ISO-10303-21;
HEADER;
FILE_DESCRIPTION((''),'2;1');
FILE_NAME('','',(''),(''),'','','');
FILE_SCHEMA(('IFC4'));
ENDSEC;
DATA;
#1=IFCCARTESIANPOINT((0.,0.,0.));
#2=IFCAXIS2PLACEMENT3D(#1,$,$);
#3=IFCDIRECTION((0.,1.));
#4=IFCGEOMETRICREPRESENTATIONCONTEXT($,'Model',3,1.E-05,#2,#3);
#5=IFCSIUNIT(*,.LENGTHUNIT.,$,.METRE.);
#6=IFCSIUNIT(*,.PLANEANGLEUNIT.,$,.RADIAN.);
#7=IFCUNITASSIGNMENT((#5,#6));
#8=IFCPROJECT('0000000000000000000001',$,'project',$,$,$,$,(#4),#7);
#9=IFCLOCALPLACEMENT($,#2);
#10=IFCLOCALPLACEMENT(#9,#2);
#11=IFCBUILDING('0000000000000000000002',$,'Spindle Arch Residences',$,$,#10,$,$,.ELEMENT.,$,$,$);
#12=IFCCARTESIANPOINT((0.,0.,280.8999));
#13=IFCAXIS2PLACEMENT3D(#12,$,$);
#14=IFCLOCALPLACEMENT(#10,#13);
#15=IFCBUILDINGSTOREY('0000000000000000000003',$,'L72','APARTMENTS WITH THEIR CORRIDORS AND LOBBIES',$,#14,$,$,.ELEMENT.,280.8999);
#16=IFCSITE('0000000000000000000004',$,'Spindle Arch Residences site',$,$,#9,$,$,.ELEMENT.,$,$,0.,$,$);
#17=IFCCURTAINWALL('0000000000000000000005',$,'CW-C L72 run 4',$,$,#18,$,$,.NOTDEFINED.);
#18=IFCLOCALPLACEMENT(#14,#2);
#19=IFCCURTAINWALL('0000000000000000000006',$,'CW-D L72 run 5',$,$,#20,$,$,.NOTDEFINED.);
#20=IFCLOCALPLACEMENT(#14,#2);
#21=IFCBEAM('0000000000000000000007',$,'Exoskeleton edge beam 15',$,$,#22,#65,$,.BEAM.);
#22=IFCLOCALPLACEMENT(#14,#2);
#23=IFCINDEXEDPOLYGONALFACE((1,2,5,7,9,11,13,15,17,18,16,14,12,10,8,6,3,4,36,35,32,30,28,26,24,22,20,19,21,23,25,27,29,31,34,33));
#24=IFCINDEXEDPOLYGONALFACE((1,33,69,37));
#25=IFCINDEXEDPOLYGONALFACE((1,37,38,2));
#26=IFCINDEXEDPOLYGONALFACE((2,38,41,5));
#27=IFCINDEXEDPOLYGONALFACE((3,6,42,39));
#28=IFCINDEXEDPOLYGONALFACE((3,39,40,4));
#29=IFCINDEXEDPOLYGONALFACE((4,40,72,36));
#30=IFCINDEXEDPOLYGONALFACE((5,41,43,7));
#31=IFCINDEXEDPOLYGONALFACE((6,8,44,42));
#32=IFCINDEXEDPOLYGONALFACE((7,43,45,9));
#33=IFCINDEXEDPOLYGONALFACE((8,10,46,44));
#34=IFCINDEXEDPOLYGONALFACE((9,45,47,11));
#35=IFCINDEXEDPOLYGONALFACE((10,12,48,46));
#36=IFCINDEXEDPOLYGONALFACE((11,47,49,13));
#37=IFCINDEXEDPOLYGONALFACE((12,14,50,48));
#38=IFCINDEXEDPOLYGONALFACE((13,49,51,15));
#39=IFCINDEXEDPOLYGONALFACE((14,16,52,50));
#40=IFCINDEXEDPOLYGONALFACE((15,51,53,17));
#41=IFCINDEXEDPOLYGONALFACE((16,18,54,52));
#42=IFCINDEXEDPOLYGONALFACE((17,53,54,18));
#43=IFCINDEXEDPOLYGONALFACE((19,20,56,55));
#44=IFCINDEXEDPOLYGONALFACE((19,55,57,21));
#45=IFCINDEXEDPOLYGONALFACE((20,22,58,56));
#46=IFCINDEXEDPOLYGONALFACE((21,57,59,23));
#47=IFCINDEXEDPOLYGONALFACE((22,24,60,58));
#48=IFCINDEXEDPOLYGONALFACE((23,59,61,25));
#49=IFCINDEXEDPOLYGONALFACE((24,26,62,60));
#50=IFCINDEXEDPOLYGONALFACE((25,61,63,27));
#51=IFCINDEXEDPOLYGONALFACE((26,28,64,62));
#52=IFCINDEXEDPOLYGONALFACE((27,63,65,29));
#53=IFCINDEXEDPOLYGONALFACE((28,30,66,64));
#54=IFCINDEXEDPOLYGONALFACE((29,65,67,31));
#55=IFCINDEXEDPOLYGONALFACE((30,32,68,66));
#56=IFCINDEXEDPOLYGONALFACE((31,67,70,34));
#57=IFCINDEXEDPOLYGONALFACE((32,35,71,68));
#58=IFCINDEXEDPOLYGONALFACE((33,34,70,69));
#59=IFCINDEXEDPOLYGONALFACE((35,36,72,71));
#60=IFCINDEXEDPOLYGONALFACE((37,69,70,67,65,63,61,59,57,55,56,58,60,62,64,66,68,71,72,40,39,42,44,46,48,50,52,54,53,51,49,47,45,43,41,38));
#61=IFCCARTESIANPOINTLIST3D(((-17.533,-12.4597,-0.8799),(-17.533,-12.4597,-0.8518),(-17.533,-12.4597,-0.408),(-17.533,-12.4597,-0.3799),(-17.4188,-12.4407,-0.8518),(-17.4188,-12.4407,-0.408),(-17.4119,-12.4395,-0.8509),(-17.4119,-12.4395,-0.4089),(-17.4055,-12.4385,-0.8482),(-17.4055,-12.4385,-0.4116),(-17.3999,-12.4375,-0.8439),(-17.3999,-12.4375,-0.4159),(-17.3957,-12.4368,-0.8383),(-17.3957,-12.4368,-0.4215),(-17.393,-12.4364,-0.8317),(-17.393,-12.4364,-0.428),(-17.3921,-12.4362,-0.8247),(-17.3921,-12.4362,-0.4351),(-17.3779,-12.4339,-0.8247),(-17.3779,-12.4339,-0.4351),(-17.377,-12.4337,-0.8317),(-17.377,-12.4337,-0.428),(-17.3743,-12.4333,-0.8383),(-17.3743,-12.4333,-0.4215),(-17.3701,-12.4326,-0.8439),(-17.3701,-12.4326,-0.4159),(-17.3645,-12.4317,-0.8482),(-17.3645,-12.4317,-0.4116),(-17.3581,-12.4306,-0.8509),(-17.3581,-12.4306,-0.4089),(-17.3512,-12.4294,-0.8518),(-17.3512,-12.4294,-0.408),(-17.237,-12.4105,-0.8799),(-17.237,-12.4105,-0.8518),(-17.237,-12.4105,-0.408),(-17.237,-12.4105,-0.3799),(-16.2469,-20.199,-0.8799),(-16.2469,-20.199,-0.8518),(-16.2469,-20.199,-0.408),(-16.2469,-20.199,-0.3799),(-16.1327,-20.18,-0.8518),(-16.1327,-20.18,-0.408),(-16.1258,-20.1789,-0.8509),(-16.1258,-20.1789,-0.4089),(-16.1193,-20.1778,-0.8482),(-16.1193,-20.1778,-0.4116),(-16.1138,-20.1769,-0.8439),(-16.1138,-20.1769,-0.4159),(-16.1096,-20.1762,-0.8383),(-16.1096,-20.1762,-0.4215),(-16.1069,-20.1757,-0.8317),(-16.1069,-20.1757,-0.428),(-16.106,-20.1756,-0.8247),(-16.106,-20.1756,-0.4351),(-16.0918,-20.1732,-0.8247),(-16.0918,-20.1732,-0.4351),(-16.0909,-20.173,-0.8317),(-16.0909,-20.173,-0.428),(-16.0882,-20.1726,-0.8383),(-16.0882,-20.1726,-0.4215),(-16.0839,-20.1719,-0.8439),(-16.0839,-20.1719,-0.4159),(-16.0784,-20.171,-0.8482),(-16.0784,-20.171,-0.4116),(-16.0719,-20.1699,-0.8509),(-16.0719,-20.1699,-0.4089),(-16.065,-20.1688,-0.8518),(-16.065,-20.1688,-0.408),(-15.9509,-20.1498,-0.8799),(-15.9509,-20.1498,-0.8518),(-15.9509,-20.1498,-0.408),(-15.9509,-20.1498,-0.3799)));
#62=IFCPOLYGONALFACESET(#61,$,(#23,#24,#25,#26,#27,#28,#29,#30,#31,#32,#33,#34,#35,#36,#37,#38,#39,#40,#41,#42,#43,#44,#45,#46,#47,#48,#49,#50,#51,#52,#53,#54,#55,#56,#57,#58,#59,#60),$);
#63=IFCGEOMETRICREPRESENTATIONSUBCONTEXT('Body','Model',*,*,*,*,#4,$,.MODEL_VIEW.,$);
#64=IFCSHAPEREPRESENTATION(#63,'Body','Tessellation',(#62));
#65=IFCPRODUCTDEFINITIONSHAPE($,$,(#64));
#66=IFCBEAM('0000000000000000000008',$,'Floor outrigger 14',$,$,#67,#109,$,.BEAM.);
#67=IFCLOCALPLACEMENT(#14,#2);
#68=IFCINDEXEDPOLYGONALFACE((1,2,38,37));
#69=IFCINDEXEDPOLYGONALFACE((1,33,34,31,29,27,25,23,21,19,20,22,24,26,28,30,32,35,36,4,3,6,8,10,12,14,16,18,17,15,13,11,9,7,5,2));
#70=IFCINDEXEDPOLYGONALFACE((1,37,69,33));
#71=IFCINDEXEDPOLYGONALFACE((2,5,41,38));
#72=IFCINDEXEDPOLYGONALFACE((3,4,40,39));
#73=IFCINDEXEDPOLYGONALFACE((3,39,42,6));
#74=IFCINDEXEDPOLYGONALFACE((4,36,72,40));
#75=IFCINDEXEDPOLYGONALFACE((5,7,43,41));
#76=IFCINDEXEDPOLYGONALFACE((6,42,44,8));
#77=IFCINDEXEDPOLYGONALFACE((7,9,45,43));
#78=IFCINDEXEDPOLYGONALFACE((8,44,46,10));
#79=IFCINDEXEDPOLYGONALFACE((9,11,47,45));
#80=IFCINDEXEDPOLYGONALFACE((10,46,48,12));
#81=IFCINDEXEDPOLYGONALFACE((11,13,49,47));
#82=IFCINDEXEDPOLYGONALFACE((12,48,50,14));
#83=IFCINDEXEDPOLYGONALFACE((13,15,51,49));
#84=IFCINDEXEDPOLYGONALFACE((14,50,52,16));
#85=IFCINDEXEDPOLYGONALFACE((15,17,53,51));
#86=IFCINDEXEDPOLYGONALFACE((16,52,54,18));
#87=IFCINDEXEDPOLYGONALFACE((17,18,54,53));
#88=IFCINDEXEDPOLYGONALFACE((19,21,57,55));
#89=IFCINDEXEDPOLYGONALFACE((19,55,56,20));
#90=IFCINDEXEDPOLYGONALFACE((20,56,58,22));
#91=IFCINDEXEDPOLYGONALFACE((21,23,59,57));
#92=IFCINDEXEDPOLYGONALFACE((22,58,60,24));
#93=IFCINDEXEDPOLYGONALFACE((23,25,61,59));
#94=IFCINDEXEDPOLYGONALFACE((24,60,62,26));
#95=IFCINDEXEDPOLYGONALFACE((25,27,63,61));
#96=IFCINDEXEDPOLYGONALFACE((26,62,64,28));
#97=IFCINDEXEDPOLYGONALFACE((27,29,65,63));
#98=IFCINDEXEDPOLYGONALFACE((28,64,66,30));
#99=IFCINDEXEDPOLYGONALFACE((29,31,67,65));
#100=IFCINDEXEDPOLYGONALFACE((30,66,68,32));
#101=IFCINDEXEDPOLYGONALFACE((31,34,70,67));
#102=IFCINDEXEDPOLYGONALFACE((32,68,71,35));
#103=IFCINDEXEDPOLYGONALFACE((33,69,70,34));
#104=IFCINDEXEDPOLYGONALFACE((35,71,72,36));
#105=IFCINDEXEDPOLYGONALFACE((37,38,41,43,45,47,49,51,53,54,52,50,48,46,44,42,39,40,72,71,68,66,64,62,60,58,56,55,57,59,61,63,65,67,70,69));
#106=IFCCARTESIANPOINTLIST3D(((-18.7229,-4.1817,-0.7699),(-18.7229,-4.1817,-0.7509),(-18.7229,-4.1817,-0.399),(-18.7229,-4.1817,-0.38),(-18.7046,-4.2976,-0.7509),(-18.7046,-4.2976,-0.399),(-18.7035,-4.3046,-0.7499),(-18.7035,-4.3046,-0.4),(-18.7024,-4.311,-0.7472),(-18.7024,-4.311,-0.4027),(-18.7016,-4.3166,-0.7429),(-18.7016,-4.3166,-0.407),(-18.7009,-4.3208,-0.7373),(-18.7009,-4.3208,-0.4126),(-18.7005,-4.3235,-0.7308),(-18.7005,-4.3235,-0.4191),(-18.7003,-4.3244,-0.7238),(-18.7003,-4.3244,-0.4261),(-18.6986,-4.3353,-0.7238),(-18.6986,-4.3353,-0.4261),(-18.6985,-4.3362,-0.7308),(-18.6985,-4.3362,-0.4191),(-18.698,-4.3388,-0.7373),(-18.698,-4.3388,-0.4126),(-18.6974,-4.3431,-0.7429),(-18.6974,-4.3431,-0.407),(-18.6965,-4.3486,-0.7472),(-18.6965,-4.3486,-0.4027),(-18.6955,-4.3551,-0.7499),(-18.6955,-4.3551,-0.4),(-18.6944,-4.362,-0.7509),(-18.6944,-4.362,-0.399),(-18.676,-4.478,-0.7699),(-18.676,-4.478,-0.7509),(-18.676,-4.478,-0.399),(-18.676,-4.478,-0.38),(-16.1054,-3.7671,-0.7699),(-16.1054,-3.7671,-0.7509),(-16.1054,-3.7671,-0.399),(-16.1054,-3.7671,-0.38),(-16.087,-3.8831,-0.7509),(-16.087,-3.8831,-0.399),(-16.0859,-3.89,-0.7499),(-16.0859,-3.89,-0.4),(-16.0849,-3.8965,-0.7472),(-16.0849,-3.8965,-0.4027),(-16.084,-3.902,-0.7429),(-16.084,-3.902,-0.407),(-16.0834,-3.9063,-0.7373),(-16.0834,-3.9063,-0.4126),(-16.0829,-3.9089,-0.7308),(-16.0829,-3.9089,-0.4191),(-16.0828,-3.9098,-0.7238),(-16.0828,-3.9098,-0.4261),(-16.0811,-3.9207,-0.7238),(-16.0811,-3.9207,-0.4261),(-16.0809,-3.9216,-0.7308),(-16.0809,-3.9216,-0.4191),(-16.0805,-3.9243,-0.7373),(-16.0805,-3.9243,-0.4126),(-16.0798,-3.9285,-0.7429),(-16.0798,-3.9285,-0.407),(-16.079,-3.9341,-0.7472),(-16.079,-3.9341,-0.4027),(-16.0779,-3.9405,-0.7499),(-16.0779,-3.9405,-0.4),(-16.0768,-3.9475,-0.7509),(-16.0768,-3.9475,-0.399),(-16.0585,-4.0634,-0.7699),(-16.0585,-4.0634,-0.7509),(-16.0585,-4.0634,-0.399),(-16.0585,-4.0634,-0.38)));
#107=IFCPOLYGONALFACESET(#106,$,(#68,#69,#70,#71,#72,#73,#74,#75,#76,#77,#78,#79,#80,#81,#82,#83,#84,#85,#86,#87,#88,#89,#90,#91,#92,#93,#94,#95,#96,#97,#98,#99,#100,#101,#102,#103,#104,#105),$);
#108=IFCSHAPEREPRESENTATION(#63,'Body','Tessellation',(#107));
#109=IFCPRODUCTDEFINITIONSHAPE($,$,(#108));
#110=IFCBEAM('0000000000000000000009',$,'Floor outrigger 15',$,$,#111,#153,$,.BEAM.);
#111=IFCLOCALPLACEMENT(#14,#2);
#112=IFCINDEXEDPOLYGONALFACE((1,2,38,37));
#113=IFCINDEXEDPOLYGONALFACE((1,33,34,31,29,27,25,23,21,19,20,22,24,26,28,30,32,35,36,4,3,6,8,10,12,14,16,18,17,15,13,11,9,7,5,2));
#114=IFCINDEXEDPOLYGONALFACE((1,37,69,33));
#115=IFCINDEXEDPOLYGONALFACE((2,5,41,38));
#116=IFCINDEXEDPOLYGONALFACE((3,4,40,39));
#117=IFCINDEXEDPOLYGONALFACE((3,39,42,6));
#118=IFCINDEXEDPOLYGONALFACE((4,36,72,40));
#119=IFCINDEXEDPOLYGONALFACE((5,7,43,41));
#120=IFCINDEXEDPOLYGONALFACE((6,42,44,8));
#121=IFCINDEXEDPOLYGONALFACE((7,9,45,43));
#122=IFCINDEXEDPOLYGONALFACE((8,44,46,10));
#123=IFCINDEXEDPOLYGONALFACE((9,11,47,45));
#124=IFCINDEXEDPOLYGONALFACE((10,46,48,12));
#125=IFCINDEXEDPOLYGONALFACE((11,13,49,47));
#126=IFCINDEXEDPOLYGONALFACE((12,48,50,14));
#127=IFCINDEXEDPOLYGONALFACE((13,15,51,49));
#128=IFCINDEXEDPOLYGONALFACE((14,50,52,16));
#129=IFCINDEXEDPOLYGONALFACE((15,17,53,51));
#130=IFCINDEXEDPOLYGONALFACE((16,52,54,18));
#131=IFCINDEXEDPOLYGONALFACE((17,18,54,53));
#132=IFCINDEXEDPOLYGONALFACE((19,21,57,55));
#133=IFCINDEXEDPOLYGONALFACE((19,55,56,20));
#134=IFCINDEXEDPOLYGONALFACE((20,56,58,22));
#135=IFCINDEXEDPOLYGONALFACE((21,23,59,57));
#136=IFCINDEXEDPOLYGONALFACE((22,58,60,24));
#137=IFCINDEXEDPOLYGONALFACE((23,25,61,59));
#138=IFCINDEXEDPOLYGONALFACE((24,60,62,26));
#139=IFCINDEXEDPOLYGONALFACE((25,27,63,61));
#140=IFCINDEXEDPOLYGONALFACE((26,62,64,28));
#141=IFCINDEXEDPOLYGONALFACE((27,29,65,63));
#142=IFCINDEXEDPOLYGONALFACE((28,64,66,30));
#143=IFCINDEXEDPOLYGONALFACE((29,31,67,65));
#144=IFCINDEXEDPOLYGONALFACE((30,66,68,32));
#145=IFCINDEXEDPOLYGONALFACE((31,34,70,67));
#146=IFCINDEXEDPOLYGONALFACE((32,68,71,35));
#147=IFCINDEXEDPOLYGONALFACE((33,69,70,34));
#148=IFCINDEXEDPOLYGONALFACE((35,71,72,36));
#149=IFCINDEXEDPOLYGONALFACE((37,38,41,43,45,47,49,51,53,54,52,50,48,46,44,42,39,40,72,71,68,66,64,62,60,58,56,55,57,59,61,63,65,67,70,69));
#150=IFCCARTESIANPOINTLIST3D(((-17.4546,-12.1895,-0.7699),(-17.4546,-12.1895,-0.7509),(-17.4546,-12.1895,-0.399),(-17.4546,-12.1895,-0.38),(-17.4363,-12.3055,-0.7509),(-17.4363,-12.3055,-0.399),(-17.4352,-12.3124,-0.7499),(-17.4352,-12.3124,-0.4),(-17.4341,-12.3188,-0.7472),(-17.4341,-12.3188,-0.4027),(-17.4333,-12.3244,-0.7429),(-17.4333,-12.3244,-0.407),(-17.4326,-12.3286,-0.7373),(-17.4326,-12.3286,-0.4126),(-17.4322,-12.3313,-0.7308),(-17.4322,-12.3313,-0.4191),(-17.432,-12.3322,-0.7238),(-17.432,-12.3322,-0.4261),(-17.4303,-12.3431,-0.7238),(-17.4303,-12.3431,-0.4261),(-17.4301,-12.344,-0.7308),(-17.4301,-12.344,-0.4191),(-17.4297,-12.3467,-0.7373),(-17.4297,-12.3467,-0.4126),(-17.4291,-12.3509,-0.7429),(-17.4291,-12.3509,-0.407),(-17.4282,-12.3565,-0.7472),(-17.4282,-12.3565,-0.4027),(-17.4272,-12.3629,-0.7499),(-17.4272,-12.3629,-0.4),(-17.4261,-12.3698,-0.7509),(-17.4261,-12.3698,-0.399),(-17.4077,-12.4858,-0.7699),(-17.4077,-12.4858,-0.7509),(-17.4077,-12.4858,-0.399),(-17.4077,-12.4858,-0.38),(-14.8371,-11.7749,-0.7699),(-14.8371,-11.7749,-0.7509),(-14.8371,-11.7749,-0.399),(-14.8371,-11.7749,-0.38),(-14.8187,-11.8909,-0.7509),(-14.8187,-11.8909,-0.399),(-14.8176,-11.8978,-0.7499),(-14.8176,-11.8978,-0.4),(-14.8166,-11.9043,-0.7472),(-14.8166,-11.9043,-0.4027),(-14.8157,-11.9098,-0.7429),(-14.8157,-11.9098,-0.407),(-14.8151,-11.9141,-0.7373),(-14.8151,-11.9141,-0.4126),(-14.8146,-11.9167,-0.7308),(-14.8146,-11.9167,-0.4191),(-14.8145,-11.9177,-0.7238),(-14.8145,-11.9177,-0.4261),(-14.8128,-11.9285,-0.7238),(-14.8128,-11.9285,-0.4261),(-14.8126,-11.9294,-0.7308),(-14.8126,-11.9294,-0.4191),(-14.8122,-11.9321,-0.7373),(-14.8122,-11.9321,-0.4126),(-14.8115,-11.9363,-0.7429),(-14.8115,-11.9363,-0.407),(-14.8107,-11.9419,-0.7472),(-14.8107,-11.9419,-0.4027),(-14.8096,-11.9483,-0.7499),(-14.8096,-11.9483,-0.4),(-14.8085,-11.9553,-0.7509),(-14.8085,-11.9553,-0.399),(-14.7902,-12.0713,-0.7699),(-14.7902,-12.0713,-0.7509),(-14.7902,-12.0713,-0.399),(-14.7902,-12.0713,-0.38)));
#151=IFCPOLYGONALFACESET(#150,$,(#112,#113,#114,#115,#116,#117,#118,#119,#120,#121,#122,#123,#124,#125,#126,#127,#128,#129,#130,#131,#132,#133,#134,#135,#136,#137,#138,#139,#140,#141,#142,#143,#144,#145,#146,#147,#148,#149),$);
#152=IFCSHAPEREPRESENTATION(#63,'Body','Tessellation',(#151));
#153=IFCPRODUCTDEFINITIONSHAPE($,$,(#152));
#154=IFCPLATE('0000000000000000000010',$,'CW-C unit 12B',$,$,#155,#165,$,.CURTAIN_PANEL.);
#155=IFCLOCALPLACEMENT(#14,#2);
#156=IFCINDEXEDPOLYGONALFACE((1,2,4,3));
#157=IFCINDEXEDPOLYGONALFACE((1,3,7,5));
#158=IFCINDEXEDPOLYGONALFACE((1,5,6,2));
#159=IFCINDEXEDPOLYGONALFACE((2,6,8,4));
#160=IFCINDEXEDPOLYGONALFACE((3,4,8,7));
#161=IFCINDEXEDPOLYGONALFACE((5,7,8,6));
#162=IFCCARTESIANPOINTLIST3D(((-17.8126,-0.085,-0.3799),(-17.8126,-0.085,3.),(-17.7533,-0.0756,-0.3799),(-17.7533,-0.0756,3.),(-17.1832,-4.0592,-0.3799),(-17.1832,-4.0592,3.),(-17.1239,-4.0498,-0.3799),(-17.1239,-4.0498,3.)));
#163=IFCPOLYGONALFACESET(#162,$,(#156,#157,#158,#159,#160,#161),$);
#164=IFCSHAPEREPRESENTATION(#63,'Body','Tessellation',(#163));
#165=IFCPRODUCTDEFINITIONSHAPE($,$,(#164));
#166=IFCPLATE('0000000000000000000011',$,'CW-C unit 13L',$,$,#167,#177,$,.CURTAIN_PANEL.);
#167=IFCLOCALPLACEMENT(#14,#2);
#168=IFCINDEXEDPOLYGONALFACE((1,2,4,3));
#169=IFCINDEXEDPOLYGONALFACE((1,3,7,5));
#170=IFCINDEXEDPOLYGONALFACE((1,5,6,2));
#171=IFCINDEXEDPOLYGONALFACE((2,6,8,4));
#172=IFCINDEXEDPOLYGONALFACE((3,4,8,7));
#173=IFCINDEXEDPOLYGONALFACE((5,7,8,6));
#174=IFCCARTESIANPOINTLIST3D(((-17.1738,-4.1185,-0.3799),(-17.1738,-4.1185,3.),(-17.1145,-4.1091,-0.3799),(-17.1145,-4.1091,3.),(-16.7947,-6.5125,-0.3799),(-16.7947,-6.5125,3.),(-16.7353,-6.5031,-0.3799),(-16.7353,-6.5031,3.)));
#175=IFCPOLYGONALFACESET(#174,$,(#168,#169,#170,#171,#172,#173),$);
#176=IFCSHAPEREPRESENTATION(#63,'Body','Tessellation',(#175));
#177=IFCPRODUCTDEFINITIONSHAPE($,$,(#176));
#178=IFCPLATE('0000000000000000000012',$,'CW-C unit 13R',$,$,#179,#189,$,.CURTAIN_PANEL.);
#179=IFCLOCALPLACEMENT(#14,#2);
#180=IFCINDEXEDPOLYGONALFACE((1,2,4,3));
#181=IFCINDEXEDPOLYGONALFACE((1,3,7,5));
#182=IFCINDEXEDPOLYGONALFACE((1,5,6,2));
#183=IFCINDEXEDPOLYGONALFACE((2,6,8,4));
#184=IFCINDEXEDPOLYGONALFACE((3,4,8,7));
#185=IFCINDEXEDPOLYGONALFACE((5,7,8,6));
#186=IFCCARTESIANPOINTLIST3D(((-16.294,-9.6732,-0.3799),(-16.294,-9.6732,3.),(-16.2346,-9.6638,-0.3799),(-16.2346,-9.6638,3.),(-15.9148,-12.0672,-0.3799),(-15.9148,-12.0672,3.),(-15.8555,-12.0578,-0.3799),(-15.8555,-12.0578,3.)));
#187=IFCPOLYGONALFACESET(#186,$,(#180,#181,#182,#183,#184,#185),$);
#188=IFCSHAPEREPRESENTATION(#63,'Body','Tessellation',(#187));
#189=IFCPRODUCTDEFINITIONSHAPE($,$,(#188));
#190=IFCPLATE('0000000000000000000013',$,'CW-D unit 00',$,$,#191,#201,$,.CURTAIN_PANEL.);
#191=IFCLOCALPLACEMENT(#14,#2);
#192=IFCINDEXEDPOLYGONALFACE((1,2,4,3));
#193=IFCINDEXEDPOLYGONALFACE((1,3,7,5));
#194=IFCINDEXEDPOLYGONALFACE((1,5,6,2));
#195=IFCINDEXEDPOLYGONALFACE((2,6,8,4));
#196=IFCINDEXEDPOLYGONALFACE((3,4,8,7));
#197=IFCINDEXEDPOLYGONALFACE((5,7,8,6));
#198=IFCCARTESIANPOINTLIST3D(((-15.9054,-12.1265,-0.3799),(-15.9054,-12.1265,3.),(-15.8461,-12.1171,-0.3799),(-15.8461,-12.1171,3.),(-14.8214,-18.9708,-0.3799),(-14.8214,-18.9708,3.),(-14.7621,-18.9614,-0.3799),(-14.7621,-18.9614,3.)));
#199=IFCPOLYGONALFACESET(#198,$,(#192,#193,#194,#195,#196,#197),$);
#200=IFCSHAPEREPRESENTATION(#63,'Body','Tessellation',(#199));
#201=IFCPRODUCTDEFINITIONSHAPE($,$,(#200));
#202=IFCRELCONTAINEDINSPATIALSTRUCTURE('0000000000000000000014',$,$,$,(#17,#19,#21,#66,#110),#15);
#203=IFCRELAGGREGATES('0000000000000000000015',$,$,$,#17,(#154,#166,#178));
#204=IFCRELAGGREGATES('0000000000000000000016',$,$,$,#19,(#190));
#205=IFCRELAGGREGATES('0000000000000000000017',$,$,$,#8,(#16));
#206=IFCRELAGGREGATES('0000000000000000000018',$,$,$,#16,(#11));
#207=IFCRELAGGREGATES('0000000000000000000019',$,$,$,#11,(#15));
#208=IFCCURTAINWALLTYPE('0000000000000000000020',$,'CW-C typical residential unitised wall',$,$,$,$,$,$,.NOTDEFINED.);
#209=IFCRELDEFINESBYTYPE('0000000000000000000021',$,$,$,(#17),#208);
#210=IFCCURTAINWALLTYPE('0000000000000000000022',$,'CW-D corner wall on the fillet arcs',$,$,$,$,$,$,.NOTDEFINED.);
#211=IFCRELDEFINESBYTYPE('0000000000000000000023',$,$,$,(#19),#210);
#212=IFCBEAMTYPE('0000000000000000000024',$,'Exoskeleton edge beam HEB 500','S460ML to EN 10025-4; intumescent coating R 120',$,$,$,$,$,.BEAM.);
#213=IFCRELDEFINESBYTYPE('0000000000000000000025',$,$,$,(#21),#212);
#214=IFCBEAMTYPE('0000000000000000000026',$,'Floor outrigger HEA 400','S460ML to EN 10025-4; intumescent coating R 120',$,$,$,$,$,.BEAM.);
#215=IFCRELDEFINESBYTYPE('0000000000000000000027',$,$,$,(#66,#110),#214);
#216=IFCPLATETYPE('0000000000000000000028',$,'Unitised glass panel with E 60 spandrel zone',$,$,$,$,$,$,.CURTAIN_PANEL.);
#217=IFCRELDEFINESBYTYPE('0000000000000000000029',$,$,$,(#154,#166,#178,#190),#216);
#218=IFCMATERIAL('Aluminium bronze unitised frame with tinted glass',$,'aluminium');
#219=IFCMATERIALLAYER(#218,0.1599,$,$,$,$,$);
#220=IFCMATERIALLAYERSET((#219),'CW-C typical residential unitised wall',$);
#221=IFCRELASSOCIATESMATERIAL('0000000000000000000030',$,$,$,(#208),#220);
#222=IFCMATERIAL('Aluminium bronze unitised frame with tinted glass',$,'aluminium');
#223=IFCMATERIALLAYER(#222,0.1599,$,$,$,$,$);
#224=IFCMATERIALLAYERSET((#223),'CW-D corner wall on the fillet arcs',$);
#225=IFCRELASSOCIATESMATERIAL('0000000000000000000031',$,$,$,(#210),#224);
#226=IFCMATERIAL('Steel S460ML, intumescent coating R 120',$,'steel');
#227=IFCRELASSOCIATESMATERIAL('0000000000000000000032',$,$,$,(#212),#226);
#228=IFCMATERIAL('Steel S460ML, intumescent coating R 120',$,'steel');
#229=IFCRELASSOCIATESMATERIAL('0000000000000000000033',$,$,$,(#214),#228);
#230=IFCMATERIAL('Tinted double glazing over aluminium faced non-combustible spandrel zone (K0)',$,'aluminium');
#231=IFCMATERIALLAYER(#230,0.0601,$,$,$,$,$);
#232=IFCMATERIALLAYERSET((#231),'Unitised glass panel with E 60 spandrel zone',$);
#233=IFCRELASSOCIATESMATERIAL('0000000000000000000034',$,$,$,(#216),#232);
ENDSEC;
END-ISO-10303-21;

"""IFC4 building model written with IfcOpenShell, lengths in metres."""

from ifc_helpers import new_model, si_unit, direction, frame, origin, origin_2d, place, context, subcontext, project, spatial, rectangle, i_section, extrude, material, layer, layer_set, material_profile, profile_set, type_object, element, aggregate, save


model = new_model("IFC4")

# Units and contexts
model_context = context("Model", 3, precision=1e-05, world=origin(), true_north=direction((0.0, 1.0)))
body_context = subcontext(model_context, "Body", "Model", "MODEL_VIEW")
ifc_project = project(units=[si_unit("LENGTHUNIT", "METRE"), si_unit("PLANEANGLEUNIT", "RADIAN")], contexts=[model_context])

# Site, building, storey
site_placement = place(None, origin())
site = spatial("IfcSite", under=ifc_project, at=site_placement, Name="Spindle Arch Residences site", CompositionType="ELEMENT", RefElevation=0.0)
building_placement = place(site_placement, origin())
building = spatial("IfcBuilding", under=site, at=building_placement, Name="Spindle Arch Residences", CompositionType="ELEMENT")
storey_placement = place(building_placement, frame((0.0, 0.0, 280.8999)))
storey = spatial("IfcBuildingStorey", under=building, at=storey_placement, Name="L72", Description="APARTMENTS WITH THEIR CORRIDORS AND LOBBIES", CompositionType="ELEMENT", Elevation=280.8999)

# Curtain wall
ifc_material_1 = material(Name="Aluminium bronze unitised frame with tinted glass", Category="aluminium")
ifc_layer_1 = layer(ifc_material_1, 0.1599)
ifc_layer_set_1 = layer_set([ifc_layer_1], Name="CW-C typical residential unitised wall")
curtain_wall_type_1 = type_object("IfcCurtainWallType", Name="CW-C typical residential unitised wall", PredefinedType="NOTDEFINED", material=ifc_layer_set_1)
curtain_wall_1_placement = place(storey_placement, origin())
curtain_wall_1 = element("IfcCurtainWall", 1, at=curtain_wall_1_placement, inside=storey, type_object=curtain_wall_type_1, Name="CW-C L72 run 4", PredefinedType="NOTDEFINED")

# Curtain wall
ifc_material_2 = material(Name="Aluminium bronze unitised frame with tinted glass", Category="aluminium")
ifc_layer_2 = layer(ifc_material_2, 0.1599)
ifc_layer_set_2 = layer_set([ifc_layer_2], Name="CW-D corner wall on the fillet arcs")
curtain_wall_type_2 = type_object("IfcCurtainWallType", Name="CW-D corner wall on the fillet arcs", PredefinedType="NOTDEFINED", material=ifc_layer_set_2)
curtain_wall_2_placement = place(storey_placement, origin())
curtain_wall_2 = element("IfcCurtainWall", 2, at=curtain_wall_2_placement, inside=storey, type_object=curtain_wall_type_2, Name="CW-D L72 run 5", PredefinedType="NOTDEFINED")

# Beams
ifc_material_3 = material(Name="Steel S460ML, intumescent coating R 120", Category="steel")
ifc_material_profile_1 = material_profile(ifc_material_3, i_section(OverallWidth=0.3, OverallDepth=0.5, WebThickness=0.0144, FlangeThickness=0.0281, FilletRadius=0.0271, at=origin_2d()), Name="HEB 500")
ifc_profile_set_1 = profile_set([ifc_material_profile_1], Name="Steel S460ML, intumescent coating R 120")
beam_type_1 = type_object("IfcBeamType", Name="Exoskeleton edge beam HEB 500", Description="S460ML to EN 10025-4; intumescent coating R 120", PredefinedType="BEAM", material=ifc_profile_set_1)
beam_1_placement = place(storey_placement, frame((-17.385, -12.4351, -0.6299), z_axis=(0.163935, -0.986471, 0.0), x_axis=(0.986471, 0.163935, 0.0)))
element("IfcBeam", 3, at=beam_1_placement, inside=storey, type_object=beam_type_1, Name="Exoskeleton edge beam 15", PredefinedType="BEAM", context=body_context, shape_type="SweptSolid", body=[
    extrude(i_section(OverallWidth=0.3, OverallDepth=0.5, WebThickness=0.0144, FlangeThickness=0.0281, FilletRadius=0.0271, at=origin_2d()), origin(), (0.0, 0.0, 1.0), 7.8455),
])
ifc_material_4 = material(Name="Steel S460ML, intumescent coating R 120", Category="steel")
ifc_material_profile_2 = material_profile(ifc_material_4, i_section(OverallWidth=0.3, OverallDepth=0.3899, WebThickness=0.011, FlangeThickness=0.019, FilletRadius=0.0271, at=origin_2d()), Name="HEA 400")
ifc_profile_set_2 = profile_set([ifc_material_profile_2], Name="Steel S460ML, intumescent coating R 120")
beam_type_2 = type_object("IfcBeamType", Name="Floor outrigger HEA 400", Description="S460ML to EN 10025-4; intumescent coating R 120", PredefinedType="BEAM", material=ifc_profile_set_2)
for number, where, z_axis, x_axis, name in (
    (4, (-18.6995, -4.3298, -0.575), (0.987689, 0.156431, 0.0), (-0.156431, 0.987689, 0.0), "Floor outrigger 14"),
    (5, (-17.4312, -12.3376, -0.575), (0.987689, 0.156431, 0.0), (-0.156431, 0.987689, 0.0), "Floor outrigger 15"),
):
    element("IfcBeam", number, at=place(storey_placement, frame(where, z_axis=z_axis, x_axis=x_axis)), inside=storey, type_object=beam_type_2, Name=name, PredefinedType="BEAM", context=body_context, shape_type="SweptSolid", body=[
        extrude(i_section(OverallWidth=0.3, OverallDepth=0.3899, WebThickness=0.011, FlangeThickness=0.019, FilletRadius=0.0271, at=origin_2d()), origin(), (0.0, 0.0, 1.0), 2.6501),
    ])

# Plates
ifc_material_5 = material(Name="Tinted double glazing over aluminium faced non-combustible spandrel zone (K0)", Category="aluminium")
ifc_layer_3 = layer(ifc_material_5, 0.0601)
ifc_layer_set_3 = layer_set([ifc_layer_3], Name="Unitised glass panel with E 60 spandrel zone")
plate_type = type_object("IfcPlateType", Name="Unitised glass panel with E 60 spandrel zone", PredefinedType="CURTAIN_PANEL", material=ifc_layer_set_3)
plate_1_placement = place(storey_placement, frame((-17.4683, -2.0674, -0.3799), z_axis=(0.0, 0.0, 1.0), x_axis=(0.156434, -0.987688, 0.0)))
plate_1 = element("IfcPlate", 6, at=plate_1_placement, type_object=plate_type, Name="CW-C unit 12B", PredefinedType="CURTAIN_PANEL", context=body_context, shape_type="SweptSolid", body=[
    extrude(rectangle(XDim=4.0237, YDim=0.0601, at=origin_2d()), origin(), (0.0, 0.0, 1.0), 3.3799),
])
plate_2_placement = place(storey_placement, frame((-16.9546, -5.3108, -0.3799), z_axis=(0.0, 0.0, 1.0), x_axis=(0.156434, -0.987688, 0.0)))
plate_2 = element("IfcPlate", 7, at=plate_2_placement, type_object=plate_type, Name="CW-C unit 13L", PredefinedType="CURTAIN_PANEL", context=body_context, shape_type="SweptSolid", body=[
    extrude(rectangle(XDim=2.4238, YDim=0.0601, at=origin_2d()), origin(), (0.0, 0.0, 1.0), 3.3799),
])
plate_3_placement = place(storey_placement, frame((-16.0747, -10.8655, -0.3799), z_axis=(0.0, 0.0, 1.0), x_axis=(0.156434, -0.987688, 0.0)))
plate_3 = element("IfcPlate", 8, at=plate_3_placement, type_object=plate_type, Name="CW-C unit 13R", PredefinedType="CURTAIN_PANEL", context=body_context, shape_type="SweptSolid", body=[
    extrude(rectangle(XDim=2.4238, YDim=0.0601, at=origin_2d()), origin(), (0.0, 0.0, 1.0), 3.3799),
])
aggregate(curtain_wall_1, [plate_1, plate_2, plate_3])
plate_4_placement = place(storey_placement, frame((-15.3337, -15.5439, -0.3799), z_axis=(0.0, 0.0, 1.0), x_axis=(0.156434, -0.987688, 0.0)))
plate_4 = element("IfcPlate", 9, at=plate_4_placement, type_object=plate_type, Name="CW-D unit 00", PredefinedType="CURTAIN_PANEL", context=body_context, shape_type="SweptSolid", body=[
    extrude(rectangle(XDim=6.9297, YDim=0.0601, at=origin_2d()), origin(), (0.0, 0.0, 1.0), 3.3799),
])
aggregate(curtain_wall_2, [plate_4])

save(model, "model.ifc")
